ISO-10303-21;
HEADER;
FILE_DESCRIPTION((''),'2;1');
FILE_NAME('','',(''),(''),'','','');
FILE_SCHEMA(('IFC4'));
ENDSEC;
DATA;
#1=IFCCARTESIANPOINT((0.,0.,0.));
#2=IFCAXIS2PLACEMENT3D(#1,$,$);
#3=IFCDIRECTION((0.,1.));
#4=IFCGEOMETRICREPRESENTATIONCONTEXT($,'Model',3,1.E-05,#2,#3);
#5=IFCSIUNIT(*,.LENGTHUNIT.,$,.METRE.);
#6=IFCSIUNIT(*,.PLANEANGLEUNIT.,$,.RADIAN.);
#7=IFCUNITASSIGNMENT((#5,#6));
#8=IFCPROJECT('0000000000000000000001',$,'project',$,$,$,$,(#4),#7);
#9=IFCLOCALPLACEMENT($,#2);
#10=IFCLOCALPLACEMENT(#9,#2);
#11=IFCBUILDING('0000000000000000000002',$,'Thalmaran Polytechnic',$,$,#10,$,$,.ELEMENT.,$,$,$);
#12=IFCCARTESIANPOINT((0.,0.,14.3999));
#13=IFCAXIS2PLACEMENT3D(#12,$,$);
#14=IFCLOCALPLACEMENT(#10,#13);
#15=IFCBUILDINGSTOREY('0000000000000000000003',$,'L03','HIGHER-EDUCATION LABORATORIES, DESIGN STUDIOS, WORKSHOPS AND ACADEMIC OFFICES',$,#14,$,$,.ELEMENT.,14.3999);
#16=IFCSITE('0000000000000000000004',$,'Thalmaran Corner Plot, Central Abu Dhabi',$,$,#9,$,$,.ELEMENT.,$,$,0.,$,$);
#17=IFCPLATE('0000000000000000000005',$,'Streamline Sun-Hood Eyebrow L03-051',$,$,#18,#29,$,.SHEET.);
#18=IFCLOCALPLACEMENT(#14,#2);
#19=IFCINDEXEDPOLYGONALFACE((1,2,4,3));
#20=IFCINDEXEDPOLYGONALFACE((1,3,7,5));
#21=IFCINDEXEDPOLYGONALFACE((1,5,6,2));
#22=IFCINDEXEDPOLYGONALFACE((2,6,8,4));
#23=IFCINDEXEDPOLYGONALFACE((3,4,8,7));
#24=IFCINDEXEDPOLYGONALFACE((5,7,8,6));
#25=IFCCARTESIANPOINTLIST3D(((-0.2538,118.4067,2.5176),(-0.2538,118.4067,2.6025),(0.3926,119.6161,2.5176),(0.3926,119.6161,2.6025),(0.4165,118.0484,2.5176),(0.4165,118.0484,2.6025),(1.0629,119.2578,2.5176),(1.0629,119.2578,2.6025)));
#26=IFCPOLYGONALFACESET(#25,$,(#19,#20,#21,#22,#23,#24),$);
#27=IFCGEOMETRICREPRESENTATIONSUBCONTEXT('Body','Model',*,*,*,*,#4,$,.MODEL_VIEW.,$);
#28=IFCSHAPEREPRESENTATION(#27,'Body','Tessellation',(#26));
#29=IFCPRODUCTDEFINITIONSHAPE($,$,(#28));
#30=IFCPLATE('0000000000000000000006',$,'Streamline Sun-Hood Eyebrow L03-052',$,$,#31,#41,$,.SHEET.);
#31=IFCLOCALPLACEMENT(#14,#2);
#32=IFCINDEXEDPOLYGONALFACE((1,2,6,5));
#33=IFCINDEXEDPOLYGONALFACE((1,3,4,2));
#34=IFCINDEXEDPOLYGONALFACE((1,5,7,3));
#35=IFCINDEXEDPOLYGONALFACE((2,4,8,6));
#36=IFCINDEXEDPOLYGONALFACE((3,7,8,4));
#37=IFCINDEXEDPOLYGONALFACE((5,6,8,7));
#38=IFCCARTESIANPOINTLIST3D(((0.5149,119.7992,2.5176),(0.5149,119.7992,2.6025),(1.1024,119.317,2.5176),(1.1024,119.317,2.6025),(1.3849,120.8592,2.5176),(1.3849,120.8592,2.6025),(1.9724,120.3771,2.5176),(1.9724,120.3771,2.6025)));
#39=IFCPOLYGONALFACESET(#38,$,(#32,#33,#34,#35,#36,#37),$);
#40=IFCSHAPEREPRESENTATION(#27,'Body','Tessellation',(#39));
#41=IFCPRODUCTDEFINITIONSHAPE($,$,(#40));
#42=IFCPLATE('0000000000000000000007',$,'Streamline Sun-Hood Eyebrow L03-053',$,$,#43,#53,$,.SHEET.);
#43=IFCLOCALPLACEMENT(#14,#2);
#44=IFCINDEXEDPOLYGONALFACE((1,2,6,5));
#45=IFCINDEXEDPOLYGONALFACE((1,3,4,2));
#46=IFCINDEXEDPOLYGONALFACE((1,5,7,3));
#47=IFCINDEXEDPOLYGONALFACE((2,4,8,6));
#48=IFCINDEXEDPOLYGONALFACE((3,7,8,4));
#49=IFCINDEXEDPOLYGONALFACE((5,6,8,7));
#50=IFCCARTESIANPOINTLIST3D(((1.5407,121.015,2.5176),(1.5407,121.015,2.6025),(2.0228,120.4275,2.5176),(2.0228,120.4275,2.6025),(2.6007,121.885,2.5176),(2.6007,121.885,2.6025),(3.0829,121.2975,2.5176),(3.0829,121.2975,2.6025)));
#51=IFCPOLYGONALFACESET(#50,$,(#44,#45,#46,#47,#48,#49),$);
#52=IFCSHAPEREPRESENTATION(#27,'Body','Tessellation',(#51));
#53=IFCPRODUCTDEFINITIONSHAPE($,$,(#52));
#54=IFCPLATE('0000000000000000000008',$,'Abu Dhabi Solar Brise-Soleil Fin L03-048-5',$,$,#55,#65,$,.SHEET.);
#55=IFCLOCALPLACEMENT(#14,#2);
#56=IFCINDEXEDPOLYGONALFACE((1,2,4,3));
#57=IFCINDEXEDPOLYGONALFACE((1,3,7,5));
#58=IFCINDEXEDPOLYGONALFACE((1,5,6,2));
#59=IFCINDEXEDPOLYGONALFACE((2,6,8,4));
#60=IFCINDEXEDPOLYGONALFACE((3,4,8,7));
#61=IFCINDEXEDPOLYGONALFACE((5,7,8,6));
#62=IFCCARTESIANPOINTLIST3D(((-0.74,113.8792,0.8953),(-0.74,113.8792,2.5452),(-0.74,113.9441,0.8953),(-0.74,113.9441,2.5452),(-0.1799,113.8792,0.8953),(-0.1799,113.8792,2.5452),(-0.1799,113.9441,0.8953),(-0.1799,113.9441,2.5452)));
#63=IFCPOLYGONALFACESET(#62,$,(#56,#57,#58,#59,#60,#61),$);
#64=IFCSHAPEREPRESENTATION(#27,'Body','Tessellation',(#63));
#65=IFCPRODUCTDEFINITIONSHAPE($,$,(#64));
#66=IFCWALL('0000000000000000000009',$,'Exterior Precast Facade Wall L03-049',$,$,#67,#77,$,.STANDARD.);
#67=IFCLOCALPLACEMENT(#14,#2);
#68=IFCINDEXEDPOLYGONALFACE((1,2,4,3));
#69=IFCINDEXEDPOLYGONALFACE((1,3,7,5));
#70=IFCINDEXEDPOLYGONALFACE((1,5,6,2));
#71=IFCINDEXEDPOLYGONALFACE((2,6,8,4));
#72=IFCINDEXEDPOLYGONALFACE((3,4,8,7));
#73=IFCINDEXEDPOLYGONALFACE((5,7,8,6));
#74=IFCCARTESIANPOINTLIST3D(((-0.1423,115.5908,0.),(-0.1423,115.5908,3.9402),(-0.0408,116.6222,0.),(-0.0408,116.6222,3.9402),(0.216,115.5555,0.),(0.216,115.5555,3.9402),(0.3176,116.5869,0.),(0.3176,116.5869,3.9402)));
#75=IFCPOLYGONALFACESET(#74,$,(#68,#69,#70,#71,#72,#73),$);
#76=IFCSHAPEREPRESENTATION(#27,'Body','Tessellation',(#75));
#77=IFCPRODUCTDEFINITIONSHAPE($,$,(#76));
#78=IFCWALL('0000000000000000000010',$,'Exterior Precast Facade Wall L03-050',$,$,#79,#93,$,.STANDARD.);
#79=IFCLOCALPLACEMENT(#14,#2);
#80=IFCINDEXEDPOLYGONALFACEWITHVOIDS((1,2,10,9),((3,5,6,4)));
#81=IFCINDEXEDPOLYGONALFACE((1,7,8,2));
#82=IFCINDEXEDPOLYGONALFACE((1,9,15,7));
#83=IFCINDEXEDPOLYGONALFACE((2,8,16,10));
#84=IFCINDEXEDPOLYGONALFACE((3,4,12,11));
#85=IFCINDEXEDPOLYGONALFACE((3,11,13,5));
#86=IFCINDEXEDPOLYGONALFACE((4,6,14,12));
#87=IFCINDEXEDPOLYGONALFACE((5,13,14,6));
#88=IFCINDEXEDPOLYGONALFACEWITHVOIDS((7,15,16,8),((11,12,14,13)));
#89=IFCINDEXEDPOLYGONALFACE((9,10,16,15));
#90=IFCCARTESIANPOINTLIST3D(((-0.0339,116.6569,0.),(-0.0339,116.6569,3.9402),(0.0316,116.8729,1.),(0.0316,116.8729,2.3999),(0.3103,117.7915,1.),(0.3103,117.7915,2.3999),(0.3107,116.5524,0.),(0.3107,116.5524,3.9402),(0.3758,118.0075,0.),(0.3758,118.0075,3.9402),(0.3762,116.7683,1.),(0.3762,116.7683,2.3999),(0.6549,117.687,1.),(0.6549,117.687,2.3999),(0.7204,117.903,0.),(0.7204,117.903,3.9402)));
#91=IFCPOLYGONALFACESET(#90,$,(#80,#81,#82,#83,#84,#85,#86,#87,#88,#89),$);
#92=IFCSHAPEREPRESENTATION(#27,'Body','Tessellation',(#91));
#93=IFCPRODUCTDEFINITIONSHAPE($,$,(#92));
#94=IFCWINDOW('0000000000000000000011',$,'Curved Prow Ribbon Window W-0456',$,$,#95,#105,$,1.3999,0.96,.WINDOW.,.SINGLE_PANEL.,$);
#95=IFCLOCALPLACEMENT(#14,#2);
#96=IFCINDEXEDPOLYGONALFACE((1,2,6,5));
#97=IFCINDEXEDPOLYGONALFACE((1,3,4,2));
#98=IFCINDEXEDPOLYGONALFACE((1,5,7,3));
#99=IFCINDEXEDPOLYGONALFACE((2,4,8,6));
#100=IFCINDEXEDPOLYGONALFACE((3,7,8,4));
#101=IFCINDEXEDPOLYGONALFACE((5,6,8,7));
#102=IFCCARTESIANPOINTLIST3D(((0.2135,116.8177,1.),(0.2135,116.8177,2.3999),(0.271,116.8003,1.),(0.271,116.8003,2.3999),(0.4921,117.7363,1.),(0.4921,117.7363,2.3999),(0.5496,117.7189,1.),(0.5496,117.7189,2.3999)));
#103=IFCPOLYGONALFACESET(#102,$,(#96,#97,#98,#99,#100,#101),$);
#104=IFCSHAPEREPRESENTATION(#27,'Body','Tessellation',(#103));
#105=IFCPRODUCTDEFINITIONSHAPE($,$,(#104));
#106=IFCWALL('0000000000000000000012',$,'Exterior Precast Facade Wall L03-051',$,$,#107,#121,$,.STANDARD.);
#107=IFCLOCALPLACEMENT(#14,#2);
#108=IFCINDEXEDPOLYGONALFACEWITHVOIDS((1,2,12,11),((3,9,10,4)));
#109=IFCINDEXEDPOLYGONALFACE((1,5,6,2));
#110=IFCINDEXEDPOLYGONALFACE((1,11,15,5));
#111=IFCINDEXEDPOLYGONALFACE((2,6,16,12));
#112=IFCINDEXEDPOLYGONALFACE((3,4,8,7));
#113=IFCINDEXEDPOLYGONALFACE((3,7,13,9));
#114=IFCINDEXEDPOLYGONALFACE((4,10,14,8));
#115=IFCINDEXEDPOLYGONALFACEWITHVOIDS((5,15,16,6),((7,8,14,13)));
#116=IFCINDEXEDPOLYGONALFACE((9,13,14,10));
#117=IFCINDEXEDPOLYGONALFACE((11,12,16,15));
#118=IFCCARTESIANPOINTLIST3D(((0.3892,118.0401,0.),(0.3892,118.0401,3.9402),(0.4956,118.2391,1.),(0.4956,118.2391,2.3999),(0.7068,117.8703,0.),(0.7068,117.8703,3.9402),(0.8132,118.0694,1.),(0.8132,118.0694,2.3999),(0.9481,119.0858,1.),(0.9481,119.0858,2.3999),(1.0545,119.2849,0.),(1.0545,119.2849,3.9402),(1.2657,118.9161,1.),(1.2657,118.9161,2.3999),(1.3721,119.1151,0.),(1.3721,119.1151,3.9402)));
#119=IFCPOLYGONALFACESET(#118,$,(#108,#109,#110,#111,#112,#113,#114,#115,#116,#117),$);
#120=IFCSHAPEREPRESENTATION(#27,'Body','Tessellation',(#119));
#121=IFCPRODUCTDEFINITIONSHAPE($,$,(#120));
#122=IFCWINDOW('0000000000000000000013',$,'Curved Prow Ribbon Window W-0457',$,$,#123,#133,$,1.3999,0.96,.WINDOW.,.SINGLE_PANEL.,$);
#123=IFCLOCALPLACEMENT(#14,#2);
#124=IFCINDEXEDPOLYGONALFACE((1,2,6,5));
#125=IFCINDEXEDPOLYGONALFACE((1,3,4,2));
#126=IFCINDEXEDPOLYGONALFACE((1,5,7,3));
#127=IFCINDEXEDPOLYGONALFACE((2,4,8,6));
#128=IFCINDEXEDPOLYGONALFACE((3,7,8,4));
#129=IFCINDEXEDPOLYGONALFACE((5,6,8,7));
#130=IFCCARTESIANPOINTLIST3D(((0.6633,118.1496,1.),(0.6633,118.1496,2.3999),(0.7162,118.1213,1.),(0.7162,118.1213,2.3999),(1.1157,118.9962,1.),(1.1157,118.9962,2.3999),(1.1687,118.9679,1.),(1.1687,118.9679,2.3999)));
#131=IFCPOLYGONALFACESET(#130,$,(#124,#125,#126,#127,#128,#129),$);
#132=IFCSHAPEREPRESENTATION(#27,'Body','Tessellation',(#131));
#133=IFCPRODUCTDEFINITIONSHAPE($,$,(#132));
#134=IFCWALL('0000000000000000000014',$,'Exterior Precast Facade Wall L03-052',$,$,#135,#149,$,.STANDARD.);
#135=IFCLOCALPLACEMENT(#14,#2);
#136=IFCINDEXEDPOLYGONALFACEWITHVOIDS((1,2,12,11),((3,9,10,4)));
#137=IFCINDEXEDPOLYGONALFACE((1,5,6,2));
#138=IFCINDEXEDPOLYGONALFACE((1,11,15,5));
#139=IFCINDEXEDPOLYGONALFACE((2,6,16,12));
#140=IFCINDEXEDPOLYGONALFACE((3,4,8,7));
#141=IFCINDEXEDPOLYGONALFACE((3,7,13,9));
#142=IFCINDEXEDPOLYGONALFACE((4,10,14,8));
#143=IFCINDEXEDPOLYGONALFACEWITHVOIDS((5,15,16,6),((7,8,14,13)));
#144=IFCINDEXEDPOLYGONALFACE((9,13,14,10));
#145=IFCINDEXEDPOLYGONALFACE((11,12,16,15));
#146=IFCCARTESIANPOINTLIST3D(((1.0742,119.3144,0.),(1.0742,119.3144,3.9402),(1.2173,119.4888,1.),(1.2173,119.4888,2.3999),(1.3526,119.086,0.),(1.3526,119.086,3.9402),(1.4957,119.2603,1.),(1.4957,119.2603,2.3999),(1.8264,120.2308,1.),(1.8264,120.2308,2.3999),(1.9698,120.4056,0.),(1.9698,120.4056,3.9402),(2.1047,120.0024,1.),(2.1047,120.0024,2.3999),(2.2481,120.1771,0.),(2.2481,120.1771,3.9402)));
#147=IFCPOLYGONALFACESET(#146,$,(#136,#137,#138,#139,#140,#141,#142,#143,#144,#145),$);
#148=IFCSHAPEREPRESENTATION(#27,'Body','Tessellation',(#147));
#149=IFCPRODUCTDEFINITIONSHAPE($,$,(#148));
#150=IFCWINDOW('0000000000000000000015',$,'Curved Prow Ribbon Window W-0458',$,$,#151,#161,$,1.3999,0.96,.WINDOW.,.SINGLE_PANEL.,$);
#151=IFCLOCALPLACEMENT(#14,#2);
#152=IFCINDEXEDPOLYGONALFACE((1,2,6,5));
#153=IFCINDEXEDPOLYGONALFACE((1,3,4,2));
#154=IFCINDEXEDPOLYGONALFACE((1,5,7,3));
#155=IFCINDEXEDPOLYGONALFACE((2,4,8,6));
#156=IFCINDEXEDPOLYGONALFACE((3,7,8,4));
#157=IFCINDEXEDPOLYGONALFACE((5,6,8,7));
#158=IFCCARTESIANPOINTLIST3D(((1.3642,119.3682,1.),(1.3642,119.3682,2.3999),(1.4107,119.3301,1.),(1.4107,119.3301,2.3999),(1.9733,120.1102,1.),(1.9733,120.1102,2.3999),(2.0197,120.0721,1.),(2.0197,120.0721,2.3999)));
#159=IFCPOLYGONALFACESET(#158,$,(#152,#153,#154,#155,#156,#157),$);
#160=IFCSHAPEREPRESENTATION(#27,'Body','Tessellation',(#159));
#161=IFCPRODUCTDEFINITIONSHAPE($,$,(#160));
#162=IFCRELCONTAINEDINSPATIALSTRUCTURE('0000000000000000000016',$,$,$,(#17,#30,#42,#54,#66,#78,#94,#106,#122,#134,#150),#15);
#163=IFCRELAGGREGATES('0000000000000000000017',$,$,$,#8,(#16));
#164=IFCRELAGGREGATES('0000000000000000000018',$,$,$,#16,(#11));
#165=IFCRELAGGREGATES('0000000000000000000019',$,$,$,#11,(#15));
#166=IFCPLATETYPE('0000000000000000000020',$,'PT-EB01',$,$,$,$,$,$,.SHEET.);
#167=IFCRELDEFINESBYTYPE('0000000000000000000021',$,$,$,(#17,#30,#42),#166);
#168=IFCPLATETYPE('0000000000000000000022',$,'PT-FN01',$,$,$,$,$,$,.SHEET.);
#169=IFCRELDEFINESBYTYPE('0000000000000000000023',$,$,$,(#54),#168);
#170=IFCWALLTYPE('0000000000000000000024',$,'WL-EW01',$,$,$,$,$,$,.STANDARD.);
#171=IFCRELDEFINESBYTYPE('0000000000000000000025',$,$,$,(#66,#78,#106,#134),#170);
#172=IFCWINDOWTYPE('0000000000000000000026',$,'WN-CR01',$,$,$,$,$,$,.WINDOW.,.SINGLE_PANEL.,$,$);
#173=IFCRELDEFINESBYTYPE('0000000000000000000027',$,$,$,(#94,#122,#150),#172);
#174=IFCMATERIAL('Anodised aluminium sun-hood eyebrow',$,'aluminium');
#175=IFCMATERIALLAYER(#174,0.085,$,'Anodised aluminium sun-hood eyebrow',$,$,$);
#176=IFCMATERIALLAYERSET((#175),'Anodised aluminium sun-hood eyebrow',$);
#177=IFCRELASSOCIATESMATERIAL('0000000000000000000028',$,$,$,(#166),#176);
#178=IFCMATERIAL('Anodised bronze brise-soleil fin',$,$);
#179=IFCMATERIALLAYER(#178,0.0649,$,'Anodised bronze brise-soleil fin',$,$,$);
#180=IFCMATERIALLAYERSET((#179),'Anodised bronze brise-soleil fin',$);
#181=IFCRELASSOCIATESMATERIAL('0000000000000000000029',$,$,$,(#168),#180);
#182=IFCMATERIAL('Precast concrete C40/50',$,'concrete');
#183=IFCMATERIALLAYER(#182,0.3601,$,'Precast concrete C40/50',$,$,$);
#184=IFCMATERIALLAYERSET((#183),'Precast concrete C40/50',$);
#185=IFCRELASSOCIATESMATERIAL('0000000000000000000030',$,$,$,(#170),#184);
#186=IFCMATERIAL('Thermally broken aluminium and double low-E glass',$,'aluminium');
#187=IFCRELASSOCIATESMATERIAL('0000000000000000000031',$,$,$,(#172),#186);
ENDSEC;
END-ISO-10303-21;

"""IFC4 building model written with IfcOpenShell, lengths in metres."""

from ifc_helpers import new_model, si_unit, direction, frame, frame_2d, origin, origin_2d, place, context, subcontext, project, spatial, rectangle, extrude, material, layer, layer_set, type_object, element, fill, save


model = new_model("IFC4")

# Units and contexts
model_context = context("Model", 3, precision=1e-05, world=origin(), true_north=direction((0.0, 1.0)))
body_context = subcontext(model_context, "Body", "Model", "MODEL_VIEW")
ifc_project = project(units=[si_unit("LENGTHUNIT", "METRE"), si_unit("PLANEANGLEUNIT", "RADIAN")], contexts=[model_context])

# Site, building, storey
site_placement = place(None, origin())
site = spatial("IfcSite", under=ifc_project, at=site_placement, Name="Thalmaran Corner Plot, Central Abu Dhabi", CompositionType="ELEMENT", RefElevation=0.0)
building_placement = place(site_placement, origin())
building = spatial("IfcBuilding", under=site, at=building_placement, Name="Thalmaran Polytechnic", CompositionType="ELEMENT")
storey_placement = place(building_placement, frame((0.0, 0.0, 14.3999)))
storey = spatial("IfcBuildingStorey", under=building, at=storey_placement, Name="L03", Description="HIGHER-EDUCATION LABORATORIES, DESIGN STUDIOS, WORKSHOPS AND ACADEMIC OFFICES", CompositionType="ELEMENT", Elevation=14.3999)

# Plates
ifc_material_1 = material(Name="Anodised aluminium sun-hood eyebrow", Category="aluminium")
ifc_layer_1 = layer(ifc_material_1, 0.085, Name="Anodised aluminium sun-hood eyebrow")
ifc_layer_set_1 = layer_set([ifc_layer_1], Name="Anodised aluminium sun-hood eyebrow")
plate_type_1 = type_object("IfcPlateType", Name="PT-EB01", PredefinedType="SHEET", material=ifc_layer_set_1)
for number, where, z_axis, x_axis, name in (
    (1, (0.4045, 118.8323, 2.5176), (0.0, 0.0, 1.0), (0.471397, 0.881921, 0.0), "Streamline Sun-Hood Eyebrow L03-051"),
    (2, (1.2437, 120.0881, 2.5176), (0.0, 0.0, 1.0), (0.634393, 0.77301, 0.0), "Streamline Sun-Hood Eyebrow L03-052"),
    (3, (2.3118, 121.1562, 2.5176), (0.0, 0.0, 1.0), (0.77301, 0.634393, 0.0), "Streamline Sun-Hood Eyebrow L03-053"),
):
    element("IfcPlate", number, at=place(storey_placement, frame(where, z_axis=z_axis, x_axis=x_axis)), inside=storey, type_object=plate_type_1, Name=name, PredefinedType="SHEET", context=body_context, shape_type="SweptSolid", body=[
        extrude(rectangle(XDim=1.3713, YDim=0.76, at=origin_2d()), origin(), (0.0, 0.0, 1.0), 0.085),
    ])
ifc_material_2 = material(Name="Anodised bronze brise-soleil fin")
ifc_layer_2 = layer(ifc_material_2, 0.0649, Name="Anodised bronze brise-soleil fin")
ifc_layer_set_2 = layer_set([ifc_layer_2], Name="Anodised bronze brise-soleil fin")
plate_type_2 = type_object("IfcPlateType", Name="PT-FN01", PredefinedType="SHEET", material=ifc_layer_set_2)
plate_1_placement = place(storey_placement, frame((-0.46, 113.9116, 0.8953), z_axis=(0.0, 0.0, 1.0), x_axis=(0.0, 1.0, 0.0)))
element("IfcPlate", 4, at=plate_1_placement, inside=storey, type_object=plate_type_2, Name="Abu Dhabi Solar Brise-Soleil Fin L03-048-5", PredefinedType="SHEET", context=body_context, shape_type="SweptSolid", body=[
    extrude(rectangle(XDim=0.0649, YDim=0.5601, at=origin_2d()), origin(), (0.0, 0.0, 1.0), 1.6499),
])

# Wall
ifc_material_3 = material(Name="Precast concrete C40/50", Category="concrete")
ifc_layer_3 = layer(ifc_material_3, 0.3601, Name="Precast concrete C40/50")
ifc_layer_set_3 = layer_set([ifc_layer_3], Name="Precast concrete C40/50")
wall_type = type_object("IfcWallType", Name="WL-EW01", PredefinedType="STANDARD", material=ifc_layer_set_3)
wall_1_placement = place(storey_placement, frame((0.0369, 115.5732, 0.0), z_axis=(0.0, 0.0, 1.0), x_axis=(0.097988, 0.995188, 0.0)))
element("IfcWall", 5, at=wall_1_placement, inside=storey, type_object=wall_type, Name="Exterior Precast Facade Wall L03-049", PredefinedType="STANDARD", context=body_context, shape_type="SweptSolid", body=[
    extrude(rectangle(XDim=1.0364, YDim=0.3601, at=frame_2d((0.5181, 0.0))), origin(), (0.0, 0.0, 1.0), 3.9402),
])

# Walls, openings, windows
wall_2_placement = place(storey_placement, frame((0.1384, 116.6047, 0.0), z_axis=(0.0, 0.0, 1.0), x_axis=(0.290267, 0.956946, 0.0)))
wall_2 = element("IfcWall", 6, at=wall_2_placement, inside=storey, type_object=wall_type, Name="Exterior Precast Facade Wall L03-050", PredefinedType="STANDARD", context=body_context, shape_type="SweptSolid", body=[
    extrude(rectangle(XDim=1.4114, YDim=0.3601, at=frame_2d((0.7056, 0.0))), origin(), (0.0, 0.0, 1.0), 3.9402),
])
opening_1_placement = place(wall_2_placement, frame((0.2256, 0.0, 1.0)))
opening_1 = element("IfcOpeningElement", 7, at=opening_1_placement, cuts=wall_2, PredefinedType="OPENING", context=body_context, shape_type="SweptSolid", body=[
    extrude(rectangle(XDim=0.96, YDim=1.3999, at=frame_2d((0.48, 0.7))), frame((0.0, 0.1899, 0.0), z_axis=(0.0, -1.0, 0.0), x_axis=(1.0, 0.0, 0.0)), (0.0, 0.0, 1.0), 0.3801),
])
ifc_material_4 = material(Name="Thermally broken aluminium and double low-E glass", Category="aluminium")
window_type = type_object("IfcWindowType", Name="WN-CR01", PartitioningType="SINGLE_PANEL", PredefinedType="WINDOW", material=ifc_material_4)
window_1_placement = place(opening_1_placement, origin())
window_1 = element("IfcWindow", 8, at=window_1_placement, inside=storey, type_object=window_type, Name="Curved Prow Ribbon Window W-0456", OverallHeight=1.3999, OverallWidth=0.96, PartitioningType="SINGLE_PANEL", PredefinedType="WINDOW", context=body_context, shape_type="SweptSolid", body=[
    extrude(rectangle(XDim=0.96, YDim=1.3999, at=frame_2d((0.48, 0.7))), frame((0.0, -0.01, 0.0), z_axis=(0.0, -1.0, 0.0), x_axis=(1.0, 0.0, 0.0)), (0.0, 0.0, 1.0), 0.0601),
])
fill(opening_1, window_1)
wall_3_placement = place(storey_placement, frame((0.5481, 117.9553, 0.0), z_axis=(0.0, 0.0, 1.0), x_axis=(0.471333, 0.881955, 0.0)))
wall_3 = element("IfcWall", 9, at=wall_3_placement, inside=storey, type_object=wall_type, Name="Exterior Precast Facade Wall L03-051", PredefinedType="STANDARD", context=body_context, shape_type="SweptSolid", body=[
    extrude(rectangle(XDim=1.4114, YDim=0.3601, at=frame_2d((0.7056, 0.0))), origin(), (0.0, 0.0, 1.0), 3.9402),
])
opening_2_placement = place(wall_3_placement, frame((0.2256, 0.0, 1.0)))
opening_2 = element("IfcOpeningElement", 10, at=opening_2_placement, cuts=wall_3, PredefinedType="OPENING", context=body_context, shape_type="SweptSolid", body=[
    extrude(rectangle(XDim=0.96, YDim=1.3999, at=frame_2d((0.48, 0.7))), frame((0.0, 0.1899, 0.0), z_axis=(0.0, -1.0, 0.0), x_axis=(1.0, 0.0, 0.0)), (0.0, 0.0, 1.0), 0.3801),
])
window_2_placement = place(opening_2_placement, origin())
window_2 = element("IfcWindow", 11, at=window_2_placement, inside=storey, type_object=window_type, Name="Curved Prow Ribbon Window W-0457", OverallHeight=1.3999, OverallWidth=0.96, PartitioningType="SINGLE_PANEL", PredefinedType="WINDOW", context=body_context, shape_type="SweptSolid", body=[
    extrude(rectangle(XDim=0.96, YDim=1.3999, at=frame_2d((0.48, 0.7))), frame((0.0, -0.01, 0.0), z_axis=(0.0, -1.0, 0.0), x_axis=(1.0, 0.0, 0.0)), (0.0, 0.0, 1.0), 0.0601),
])
fill(opening_2, window_2)
wall_4_placement = place(storey_placement, frame((1.2134, 119.2002, 0.0), z_axis=(0.0, 0.0, 1.0), x_axis=(0.634433, 0.772978, 0.0)))
wall_4 = element("IfcWall", 12, at=wall_4_placement, inside=storey, type_object=wall_type, Name="Exterior Precast Facade Wall L03-052", PredefinedType="STANDARD", context=body_context, shape_type="SweptSolid", body=[
    extrude(rectangle(XDim=1.4116, YDim=0.3601, at=frame_2d((0.7058, 0.0))), origin(), (0.0, 0.0, 1.0), 3.9402),
])
opening_3_placement = place(wall_4_placement, frame((0.2256, 0.0, 1.0)))
opening_3 = element("IfcOpeningElement", 13, at=opening_3_placement, cuts=wall_4, PredefinedType="OPENING", context=body_context, shape_type="SweptSolid", body=[
    extrude(rectangle(XDim=0.96, YDim=1.3999, at=frame_2d((0.48, 0.7))), frame((0.0, 0.1899, 0.0), z_axis=(0.0, -1.0, 0.0), x_axis=(1.0, 0.0, 0.0)), (0.0, 0.0, 1.0), 0.3801),
])
window_3_placement = place(opening_3_placement, origin())
window_3 = element("IfcWindow", 14, at=window_3_placement, inside=storey, type_object=window_type, Name="Curved Prow Ribbon Window W-0458", OverallHeight=1.3999, OverallWidth=0.96, PartitioningType="SINGLE_PANEL", PredefinedType="WINDOW", context=body_context, shape_type="SweptSolid", body=[
    extrude(rectangle(XDim=0.96, YDim=1.3999, at=frame_2d((0.48, 0.7))), frame((0.0, -0.01, 0.0), z_axis=(0.0, -1.0, 0.0), x_axis=(1.0, 0.0, 0.0)), (0.0, 0.0, 1.0), 0.0601),
])
fill(opening_3, window_3)

save(model, "model.ifc")
